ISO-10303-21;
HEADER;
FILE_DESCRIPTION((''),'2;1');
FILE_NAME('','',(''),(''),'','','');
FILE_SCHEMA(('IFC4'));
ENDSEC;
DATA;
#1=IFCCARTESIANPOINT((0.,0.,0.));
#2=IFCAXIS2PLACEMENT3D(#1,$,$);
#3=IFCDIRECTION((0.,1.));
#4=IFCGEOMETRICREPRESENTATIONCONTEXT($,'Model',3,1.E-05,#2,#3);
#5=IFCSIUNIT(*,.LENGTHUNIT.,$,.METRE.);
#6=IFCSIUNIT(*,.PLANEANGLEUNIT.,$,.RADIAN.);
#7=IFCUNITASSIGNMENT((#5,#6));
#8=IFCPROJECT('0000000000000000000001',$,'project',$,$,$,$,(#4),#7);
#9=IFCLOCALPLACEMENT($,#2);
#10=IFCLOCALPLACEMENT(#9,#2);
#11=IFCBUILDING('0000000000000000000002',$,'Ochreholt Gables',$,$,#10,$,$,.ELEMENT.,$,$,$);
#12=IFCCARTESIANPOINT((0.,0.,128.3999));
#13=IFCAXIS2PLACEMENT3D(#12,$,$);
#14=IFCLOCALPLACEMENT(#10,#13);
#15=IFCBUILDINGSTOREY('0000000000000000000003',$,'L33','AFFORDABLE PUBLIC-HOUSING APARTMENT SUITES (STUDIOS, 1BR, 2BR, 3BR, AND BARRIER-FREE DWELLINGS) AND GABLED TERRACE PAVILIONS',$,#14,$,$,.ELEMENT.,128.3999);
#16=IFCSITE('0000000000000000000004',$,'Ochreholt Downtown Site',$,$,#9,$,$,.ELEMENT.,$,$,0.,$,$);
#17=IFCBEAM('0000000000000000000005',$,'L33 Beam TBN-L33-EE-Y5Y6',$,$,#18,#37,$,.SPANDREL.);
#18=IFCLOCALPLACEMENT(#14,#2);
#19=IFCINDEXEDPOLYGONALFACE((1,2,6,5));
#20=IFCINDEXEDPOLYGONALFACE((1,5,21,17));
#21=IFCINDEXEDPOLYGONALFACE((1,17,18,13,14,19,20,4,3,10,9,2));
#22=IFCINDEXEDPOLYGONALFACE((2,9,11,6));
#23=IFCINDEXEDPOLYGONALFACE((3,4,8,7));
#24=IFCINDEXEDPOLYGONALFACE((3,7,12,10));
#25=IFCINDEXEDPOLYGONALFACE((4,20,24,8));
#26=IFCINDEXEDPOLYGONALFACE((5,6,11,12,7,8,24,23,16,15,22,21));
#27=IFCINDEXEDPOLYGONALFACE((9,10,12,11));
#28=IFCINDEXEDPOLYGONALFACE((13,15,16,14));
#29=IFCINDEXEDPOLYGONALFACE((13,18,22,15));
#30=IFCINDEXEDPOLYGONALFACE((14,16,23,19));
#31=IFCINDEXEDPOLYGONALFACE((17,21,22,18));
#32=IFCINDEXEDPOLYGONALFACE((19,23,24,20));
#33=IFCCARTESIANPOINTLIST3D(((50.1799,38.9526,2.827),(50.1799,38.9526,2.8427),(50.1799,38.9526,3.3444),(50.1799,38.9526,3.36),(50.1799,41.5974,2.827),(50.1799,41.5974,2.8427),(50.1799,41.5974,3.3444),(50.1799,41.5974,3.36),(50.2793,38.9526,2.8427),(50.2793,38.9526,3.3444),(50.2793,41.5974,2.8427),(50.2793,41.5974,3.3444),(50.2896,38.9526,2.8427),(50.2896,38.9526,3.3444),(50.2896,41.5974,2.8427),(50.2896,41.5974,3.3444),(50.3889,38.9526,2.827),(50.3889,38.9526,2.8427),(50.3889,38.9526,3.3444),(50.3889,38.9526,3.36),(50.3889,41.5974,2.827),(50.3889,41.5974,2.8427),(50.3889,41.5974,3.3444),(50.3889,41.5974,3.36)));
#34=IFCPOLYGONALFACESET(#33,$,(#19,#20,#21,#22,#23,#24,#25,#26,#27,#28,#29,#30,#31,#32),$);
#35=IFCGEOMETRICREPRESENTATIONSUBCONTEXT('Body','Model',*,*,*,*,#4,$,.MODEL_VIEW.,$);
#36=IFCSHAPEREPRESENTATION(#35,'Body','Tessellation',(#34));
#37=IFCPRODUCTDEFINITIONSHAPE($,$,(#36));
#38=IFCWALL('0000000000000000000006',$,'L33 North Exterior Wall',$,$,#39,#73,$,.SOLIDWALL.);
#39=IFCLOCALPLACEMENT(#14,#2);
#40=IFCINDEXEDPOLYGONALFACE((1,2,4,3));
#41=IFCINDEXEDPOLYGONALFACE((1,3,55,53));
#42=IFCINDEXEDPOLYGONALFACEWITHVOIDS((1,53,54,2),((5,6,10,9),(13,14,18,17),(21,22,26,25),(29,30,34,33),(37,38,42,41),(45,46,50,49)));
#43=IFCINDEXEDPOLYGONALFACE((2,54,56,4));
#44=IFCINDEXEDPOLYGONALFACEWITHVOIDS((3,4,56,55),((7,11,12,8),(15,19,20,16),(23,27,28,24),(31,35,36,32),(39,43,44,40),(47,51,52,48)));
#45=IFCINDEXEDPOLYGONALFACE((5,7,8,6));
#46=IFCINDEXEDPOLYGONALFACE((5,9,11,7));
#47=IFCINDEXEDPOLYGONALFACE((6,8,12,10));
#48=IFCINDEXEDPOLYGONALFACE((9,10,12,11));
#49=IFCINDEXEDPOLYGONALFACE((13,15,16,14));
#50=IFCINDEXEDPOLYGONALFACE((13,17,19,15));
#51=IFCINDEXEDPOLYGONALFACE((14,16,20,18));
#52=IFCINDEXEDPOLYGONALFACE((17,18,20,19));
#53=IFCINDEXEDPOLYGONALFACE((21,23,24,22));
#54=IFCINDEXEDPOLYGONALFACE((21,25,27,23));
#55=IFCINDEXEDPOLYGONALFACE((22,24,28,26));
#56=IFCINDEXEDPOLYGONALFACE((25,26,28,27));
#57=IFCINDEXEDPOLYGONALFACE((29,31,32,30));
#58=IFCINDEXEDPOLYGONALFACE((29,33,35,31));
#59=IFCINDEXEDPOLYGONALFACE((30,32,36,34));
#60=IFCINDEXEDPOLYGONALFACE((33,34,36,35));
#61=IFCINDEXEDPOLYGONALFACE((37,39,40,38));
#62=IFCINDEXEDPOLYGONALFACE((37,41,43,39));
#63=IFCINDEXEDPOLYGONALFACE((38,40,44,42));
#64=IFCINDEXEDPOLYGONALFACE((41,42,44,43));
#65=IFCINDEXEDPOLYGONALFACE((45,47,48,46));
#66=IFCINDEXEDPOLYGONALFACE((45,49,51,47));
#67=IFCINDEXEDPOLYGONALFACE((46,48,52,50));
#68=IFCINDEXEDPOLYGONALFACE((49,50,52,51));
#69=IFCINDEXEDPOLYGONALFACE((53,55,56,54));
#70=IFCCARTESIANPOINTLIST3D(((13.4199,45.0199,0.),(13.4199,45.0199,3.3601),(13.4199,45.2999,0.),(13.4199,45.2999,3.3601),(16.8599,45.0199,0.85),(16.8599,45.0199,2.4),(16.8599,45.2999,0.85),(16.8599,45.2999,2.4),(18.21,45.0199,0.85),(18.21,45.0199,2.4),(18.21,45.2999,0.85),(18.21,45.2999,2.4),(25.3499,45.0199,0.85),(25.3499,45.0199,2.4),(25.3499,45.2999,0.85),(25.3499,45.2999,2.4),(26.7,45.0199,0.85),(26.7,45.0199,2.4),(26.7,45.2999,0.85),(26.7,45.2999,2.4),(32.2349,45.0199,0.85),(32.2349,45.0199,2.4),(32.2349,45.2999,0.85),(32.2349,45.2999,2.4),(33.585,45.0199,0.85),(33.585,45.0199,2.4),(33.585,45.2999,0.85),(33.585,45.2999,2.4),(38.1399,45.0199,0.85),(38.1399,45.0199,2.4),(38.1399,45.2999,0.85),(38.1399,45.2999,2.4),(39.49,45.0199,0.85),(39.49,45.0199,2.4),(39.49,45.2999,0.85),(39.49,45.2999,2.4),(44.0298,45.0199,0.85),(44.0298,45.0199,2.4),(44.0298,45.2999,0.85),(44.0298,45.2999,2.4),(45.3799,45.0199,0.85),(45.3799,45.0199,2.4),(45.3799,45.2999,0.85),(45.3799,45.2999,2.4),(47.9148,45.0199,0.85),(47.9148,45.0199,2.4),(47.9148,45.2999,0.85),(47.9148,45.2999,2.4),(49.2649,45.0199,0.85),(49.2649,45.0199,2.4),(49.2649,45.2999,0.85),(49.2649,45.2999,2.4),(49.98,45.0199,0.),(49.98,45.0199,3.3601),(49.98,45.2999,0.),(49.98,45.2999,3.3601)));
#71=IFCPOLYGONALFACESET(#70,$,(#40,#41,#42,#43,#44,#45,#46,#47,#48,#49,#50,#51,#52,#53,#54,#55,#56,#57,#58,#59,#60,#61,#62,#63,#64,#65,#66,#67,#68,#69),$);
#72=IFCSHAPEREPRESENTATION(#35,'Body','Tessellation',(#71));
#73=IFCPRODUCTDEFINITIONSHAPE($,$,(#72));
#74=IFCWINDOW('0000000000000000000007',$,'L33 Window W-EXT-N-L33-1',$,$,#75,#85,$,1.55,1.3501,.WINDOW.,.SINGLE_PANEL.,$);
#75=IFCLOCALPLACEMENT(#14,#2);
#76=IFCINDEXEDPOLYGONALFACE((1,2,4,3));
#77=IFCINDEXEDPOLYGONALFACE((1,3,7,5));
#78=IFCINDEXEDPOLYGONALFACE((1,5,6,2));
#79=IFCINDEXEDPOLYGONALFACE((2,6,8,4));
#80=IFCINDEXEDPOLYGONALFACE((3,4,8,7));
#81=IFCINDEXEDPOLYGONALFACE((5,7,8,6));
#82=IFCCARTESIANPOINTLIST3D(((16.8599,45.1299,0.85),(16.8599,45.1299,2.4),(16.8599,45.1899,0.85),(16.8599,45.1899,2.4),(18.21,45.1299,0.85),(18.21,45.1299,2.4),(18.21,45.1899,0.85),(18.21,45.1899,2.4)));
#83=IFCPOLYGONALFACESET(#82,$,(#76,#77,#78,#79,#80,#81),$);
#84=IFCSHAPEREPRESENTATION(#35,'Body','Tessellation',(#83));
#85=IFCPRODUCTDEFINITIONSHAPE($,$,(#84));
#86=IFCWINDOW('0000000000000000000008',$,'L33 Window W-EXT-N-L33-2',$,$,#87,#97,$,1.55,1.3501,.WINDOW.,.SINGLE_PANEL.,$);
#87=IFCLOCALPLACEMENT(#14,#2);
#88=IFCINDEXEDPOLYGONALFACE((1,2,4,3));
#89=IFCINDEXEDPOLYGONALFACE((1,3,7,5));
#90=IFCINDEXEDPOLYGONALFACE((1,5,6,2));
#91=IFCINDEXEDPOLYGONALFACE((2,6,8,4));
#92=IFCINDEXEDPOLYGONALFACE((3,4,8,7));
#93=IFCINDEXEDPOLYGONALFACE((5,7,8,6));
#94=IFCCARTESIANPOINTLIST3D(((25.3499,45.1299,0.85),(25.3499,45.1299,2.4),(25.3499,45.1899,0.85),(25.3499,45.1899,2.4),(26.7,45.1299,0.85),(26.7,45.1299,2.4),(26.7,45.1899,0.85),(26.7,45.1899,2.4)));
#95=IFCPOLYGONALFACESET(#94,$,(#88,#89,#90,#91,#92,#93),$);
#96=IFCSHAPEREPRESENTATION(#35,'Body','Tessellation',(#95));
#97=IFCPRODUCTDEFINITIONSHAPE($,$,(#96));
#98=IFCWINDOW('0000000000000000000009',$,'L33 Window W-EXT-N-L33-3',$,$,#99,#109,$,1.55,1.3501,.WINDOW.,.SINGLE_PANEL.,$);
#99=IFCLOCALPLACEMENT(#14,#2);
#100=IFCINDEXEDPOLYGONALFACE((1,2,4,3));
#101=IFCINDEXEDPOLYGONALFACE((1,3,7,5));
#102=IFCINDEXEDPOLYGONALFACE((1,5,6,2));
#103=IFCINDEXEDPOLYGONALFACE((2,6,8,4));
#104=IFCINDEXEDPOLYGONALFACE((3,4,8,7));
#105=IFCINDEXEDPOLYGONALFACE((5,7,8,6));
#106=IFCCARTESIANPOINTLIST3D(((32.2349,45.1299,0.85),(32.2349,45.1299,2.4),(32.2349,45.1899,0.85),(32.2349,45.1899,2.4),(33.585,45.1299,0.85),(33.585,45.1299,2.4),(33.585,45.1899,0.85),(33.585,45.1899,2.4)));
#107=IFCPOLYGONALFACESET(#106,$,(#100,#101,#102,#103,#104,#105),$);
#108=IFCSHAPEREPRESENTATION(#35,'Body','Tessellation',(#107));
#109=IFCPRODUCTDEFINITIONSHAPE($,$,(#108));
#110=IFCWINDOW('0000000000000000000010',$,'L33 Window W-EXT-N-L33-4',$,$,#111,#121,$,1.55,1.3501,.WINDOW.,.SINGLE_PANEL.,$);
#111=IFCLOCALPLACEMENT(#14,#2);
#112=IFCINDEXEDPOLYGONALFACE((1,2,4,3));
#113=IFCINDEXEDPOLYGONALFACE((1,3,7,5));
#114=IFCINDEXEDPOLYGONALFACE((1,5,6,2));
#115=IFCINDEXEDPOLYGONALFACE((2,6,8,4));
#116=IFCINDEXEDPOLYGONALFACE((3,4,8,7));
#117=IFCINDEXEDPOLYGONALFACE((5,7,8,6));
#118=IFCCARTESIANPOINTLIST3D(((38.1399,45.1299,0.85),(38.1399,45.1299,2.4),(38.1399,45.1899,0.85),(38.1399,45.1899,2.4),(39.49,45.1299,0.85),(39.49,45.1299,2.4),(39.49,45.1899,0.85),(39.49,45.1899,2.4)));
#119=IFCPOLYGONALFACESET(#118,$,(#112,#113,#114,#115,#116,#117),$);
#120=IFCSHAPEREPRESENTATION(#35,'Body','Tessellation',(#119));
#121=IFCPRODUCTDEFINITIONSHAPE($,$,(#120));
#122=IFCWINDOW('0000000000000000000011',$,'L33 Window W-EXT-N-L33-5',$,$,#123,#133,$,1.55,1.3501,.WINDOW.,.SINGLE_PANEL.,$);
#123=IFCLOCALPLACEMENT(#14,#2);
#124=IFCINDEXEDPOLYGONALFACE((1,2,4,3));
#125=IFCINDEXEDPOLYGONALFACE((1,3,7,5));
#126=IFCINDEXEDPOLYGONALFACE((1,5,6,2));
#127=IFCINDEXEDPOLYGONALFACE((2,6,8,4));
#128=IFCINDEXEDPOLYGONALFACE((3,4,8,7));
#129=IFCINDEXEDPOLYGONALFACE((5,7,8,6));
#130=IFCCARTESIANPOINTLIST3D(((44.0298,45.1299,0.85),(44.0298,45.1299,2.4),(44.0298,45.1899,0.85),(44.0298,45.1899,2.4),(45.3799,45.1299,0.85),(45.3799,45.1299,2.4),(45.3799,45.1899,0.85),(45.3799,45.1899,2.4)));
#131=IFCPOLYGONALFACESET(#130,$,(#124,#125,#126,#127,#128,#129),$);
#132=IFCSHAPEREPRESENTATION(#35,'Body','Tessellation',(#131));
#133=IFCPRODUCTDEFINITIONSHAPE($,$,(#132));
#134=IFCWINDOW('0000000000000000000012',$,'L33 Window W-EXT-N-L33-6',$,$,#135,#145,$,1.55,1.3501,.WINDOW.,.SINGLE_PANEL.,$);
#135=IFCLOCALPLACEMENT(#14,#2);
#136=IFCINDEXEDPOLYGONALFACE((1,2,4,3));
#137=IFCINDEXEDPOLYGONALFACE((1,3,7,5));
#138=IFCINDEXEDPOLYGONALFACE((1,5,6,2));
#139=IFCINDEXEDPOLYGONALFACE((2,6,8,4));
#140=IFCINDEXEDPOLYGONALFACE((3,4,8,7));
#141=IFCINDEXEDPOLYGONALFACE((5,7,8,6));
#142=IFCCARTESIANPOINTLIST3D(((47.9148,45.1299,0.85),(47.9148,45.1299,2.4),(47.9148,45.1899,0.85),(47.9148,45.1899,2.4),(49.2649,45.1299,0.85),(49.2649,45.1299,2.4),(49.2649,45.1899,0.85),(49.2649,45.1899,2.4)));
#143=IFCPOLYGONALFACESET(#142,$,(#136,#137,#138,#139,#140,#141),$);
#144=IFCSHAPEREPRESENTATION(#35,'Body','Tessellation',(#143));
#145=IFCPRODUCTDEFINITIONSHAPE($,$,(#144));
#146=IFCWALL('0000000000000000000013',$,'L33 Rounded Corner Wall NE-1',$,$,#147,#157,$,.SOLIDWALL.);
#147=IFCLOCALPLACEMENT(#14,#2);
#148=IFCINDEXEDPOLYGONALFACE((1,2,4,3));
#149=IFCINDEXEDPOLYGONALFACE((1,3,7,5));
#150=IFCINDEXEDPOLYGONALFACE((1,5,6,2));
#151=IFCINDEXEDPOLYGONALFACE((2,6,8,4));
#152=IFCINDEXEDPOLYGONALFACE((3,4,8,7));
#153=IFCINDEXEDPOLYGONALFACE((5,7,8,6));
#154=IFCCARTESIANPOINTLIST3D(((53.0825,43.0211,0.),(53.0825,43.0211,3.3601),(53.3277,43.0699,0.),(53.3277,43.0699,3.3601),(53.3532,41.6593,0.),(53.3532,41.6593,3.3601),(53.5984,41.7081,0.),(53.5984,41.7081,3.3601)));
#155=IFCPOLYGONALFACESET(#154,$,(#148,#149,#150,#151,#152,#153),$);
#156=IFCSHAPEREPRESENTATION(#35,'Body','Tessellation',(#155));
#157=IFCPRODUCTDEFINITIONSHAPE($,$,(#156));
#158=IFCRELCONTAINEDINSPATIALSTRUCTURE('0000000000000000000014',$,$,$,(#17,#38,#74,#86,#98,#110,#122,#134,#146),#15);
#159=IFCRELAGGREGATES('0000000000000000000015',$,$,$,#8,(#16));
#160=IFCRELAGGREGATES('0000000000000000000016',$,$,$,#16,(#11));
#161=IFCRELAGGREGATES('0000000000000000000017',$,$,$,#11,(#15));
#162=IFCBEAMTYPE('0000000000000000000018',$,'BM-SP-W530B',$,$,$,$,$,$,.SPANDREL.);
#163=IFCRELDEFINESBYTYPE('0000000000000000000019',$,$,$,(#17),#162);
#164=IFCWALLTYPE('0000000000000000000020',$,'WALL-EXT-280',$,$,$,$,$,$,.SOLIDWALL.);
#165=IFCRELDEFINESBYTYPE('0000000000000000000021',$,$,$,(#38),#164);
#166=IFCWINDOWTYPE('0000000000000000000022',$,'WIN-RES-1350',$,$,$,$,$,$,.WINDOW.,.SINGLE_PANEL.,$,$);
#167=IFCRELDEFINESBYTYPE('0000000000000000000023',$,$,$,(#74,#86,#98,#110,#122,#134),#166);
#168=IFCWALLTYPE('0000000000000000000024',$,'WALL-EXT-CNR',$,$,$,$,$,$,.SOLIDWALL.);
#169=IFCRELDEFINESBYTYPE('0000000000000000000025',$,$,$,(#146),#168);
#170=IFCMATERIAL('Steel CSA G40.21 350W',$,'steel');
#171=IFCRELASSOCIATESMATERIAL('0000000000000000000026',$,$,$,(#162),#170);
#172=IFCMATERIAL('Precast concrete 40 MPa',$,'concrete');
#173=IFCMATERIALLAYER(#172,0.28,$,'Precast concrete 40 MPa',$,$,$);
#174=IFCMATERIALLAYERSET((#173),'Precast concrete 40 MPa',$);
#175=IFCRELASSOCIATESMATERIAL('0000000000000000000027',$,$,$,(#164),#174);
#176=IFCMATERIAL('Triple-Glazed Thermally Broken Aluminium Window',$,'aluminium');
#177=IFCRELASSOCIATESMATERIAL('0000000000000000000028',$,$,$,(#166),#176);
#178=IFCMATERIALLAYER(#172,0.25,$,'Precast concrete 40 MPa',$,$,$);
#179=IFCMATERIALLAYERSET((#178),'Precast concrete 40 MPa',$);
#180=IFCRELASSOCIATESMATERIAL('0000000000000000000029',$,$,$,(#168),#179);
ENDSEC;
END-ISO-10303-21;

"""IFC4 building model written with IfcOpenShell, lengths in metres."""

from ifc_helpers import new_model, si_unit, direction, frame, frame_2d, origin, origin_2d, place, context, subcontext, project, spatial, rectangle, i_section, extrude, material, layer, layer_set, material_profile, profile_set, type_object, element, fill, save


model = new_model("IFC4")

# Units and contexts
model_context = context("Model", 3, precision=1e-05, world=origin(), true_north=direction((0.0, 1.0)))
body_context = subcontext(model_context, "Body", "Model", "MODEL_VIEW")
ifc_project = project(units=[si_unit("LENGTHUNIT", "METRE"), si_unit("PLANEANGLEUNIT", "RADIAN")], contexts=[model_context])

# Site, building, storey
site_placement = place(None, origin())
site = spatial("IfcSite", under=ifc_project, at=site_placement, Name="Ochreholt Downtown Site", CompositionType="ELEMENT", RefElevation=0.0)
building_placement = place(site_placement, origin())
building = spatial("IfcBuilding", under=site, at=building_placement, Name="Ochreholt Gables", CompositionType="ELEMENT")
storey_placement = place(building_placement, frame((0.0, 0.0, 128.3999)))
storey = spatial("IfcBuildingStorey", under=building, at=storey_placement, Name="L33", Description="AFFORDABLE PUBLIC-HOUSING APARTMENT SUITES (STUDIOS, 1BR, 2BR, 3BR, AND BARRIER-FREE DWELLINGS) AND GABLED TERRACE PAVILIONS", CompositionType="ELEMENT", Elevation=128.3999)

# Shared definitions
ifc_material_1 = material(Name="Steel CSA G40.21 350W", Category="steel")

# Beam
ifc_material_profile_1 = material_profile(ifc_material_1, i_section(OverallWidth=0.209, OverallDepth=0.533, WebThickness=0.0103, FlangeThickness=0.0156, at=origin_2d()), Name="W530X92")
ifc_profile_set_1 = profile_set([ifc_material_profile_1], Name="Steel CSA G40.21 350W")
beam_type_1 = type_object("IfcBeamType", Name="BM-SP-W530B", PredefinedType="SPANDREL", material=ifc_profile_set_1)
beam_1_placement = place(storey_placement, frame((50.2844, 38.9526, 3.0935), z_axis=(0.0, 1.0, 0.0), x_axis=(-1.0, 0.0, 0.0)))
element("IfcBeam", 1, at=beam_1_placement, inside=storey, type_object=beam_type_1, Name="L33 Beam TBN-L33-EE-Y5Y6", PredefinedType="SPANDREL", context=body_context, shape_type="SweptSolid", body=[
    extrude(i_section(OverallWidth=0.209, OverallDepth=0.533, WebThickness=0.0103, FlangeThickness=0.0156, at=origin_2d()), origin(), (0.0, 0.0, 1.0), 2.6448),
])

# Wall, openings, windows
ifc_material_2 = material(Name="Precast concrete 40 MPa", Category="concrete")
ifc_layer_1 = layer(ifc_material_2, 0.28, Name="Precast concrete 40 MPa")
ifc_layer_set_1 = layer_set([ifc_layer_1], Name="Precast concrete 40 MPa")
wall_type_1 = type_object("IfcWallType", Name="WALL-EXT-280", PredefinedType="SOLIDWALL", material=ifc_layer_set_1)
wall_1_placement = place(storey_placement, frame((49.98, 45.1599, 0.0), z_axis=(0.0, 0.0, 1.0), x_axis=(-1.0, 0.0, 0.0)))
wall_1 = element("IfcWall", 2, at=wall_1_placement, inside=storey, type_object=wall_type_1, Name="L33 North Exterior Wall", PredefinedType="SOLIDWALL", context=body_context, shape_type="SweptSolid", body=[
    extrude(rectangle(XDim=36.5601, YDim=0.28, at=frame_2d((18.28, 0.0))), origin(), (0.0, 0.0, 1.0), 3.3601),
])
opening_1_placement = place(wall_1_placement, frame((31.77, 0.0, 0.8501)))
opening_1 = element("IfcOpeningElement", 3, at=opening_1_placement, cuts=wall_1, PredefinedType="OPENING", context=body_context, shape_type="SweptSolid", body=[
    extrude(rectangle(XDim=1.3501, YDim=1.55, at=frame_2d((0.675, 0.7749))), frame((0.0, 0.1499, 0.0), z_axis=(0.0, -1.0, 0.0), x_axis=(1.0, 0.0, 0.0)), (0.0, 0.0, 1.0), 0.3),
])
opening_2_placement = place(wall_1_placement, frame((23.28, 0.0, 0.8501)))
opening_2 = element("IfcOpeningElement", 4, at=opening_2_placement, cuts=wall_1, PredefinedType="OPENING", context=body_context, shape_type="SweptSolid", body=[
    extrude(rectangle(XDim=1.3501, YDim=1.55, at=frame_2d((0.675, 0.7749))), frame((0.0, 0.1499, 0.0), z_axis=(0.0, -1.0, 0.0), x_axis=(1.0, 0.0, 0.0)), (0.0, 0.0, 1.0), 0.3),
])
opening_3_placement = place(wall_1_placement, frame((16.395, 0.0, 0.8501)))
opening_3 = element("IfcOpeningElement", 5, at=opening_3_placement, cuts=wall_1, PredefinedType="OPENING", context=body_context, shape_type="SweptSolid", body=[
    extrude(rectangle(XDim=1.3501, YDim=1.55, at=frame_2d((0.675, 0.7749))), frame((0.0, 0.1499, 0.0), z_axis=(0.0, -1.0, 0.0), x_axis=(1.0, 0.0, 0.0)), (0.0, 0.0, 1.0), 0.3),
])
opening_4_placement = place(wall_1_placement, frame((10.49, 0.0, 0.8501)))
opening_4 = element("IfcOpeningElement", 6, at=opening_4_placement, cuts=wall_1, PredefinedType="OPENING", context=body_context, shape_type="SweptSolid", body=[
    extrude(rectangle(XDim=1.3501, YDim=1.55, at=frame_2d((0.675, 0.7749))), frame((0.0, 0.1499, 0.0), z_axis=(0.0, -1.0, 0.0), x_axis=(1.0, 0.0, 0.0)), (0.0, 0.0, 1.0), 0.3),
])
opening_5_placement = place(wall_1_placement, frame((4.6001, 0.0, 0.8501)))
opening_5 = element("IfcOpeningElement", 7, at=opening_5_placement, cuts=wall_1, PredefinedType="OPENING", context=body_context, shape_type="SweptSolid", body=[
    extrude(rectangle(XDim=1.3501, YDim=1.55, at=frame_2d((0.675, 0.7749))), frame((0.0, 0.1499, 0.0), z_axis=(0.0, -1.0, 0.0), x_axis=(1.0, 0.0, 0.0)), (0.0, 0.0, 1.0), 0.3),
])
opening_6_placement = place(wall_1_placement, frame((0.7151, 0.0, 0.8501)))
opening_6 = element("IfcOpeningElement", 8, at=opening_6_placement, cuts=wall_1, PredefinedType="OPENING", context=body_context, shape_type="SweptSolid", body=[
    extrude(rectangle(XDim=1.3501, YDim=1.55, at=frame_2d((0.675, 0.7749))), frame((0.0, 0.1499, 0.0), z_axis=(0.0, -1.0, 0.0), x_axis=(1.0, 0.0, 0.0)), (0.0, 0.0, 1.0), 0.3),
])
ifc_material_3 = material(Name="Triple-Glazed Thermally Broken Aluminium Window", Category="aluminium")
window_type = type_object("IfcWindowType", Name="WIN-RES-1350", PartitioningType="SINGLE_PANEL", PredefinedType="WINDOW", material=ifc_material_3)
window_1_placement = place(opening_1_placement, origin())
window_1 = element("IfcWindow", 9, at=window_1_placement, inside=storey, type_object=window_type, Name="L33 Window W-EXT-N-L33-1", OverallHeight=1.55, OverallWidth=1.3501, PartitioningType="SINGLE_PANEL", PredefinedType="WINDOW", context=body_context, shape_type="SweptSolid", body=[
    extrude(rectangle(XDim=1.3501, YDim=1.55, at=frame_2d((0.675, 0.7749))), frame((0.0, 0.03, 0.0), z_axis=(0.0, -1.0, 0.0), x_axis=(1.0, 0.0, 0.0)), (0.0, 0.0, 1.0), 0.0601),
])
fill(opening_1, window_1)
window_2_placement = place(opening_2_placement, origin())
window_2 = element("IfcWindow", 10, at=window_2_placement, inside=storey, type_object=window_type, Name="L33 Window W-EXT-N-L33-2", OverallHeight=1.55, OverallWidth=1.3501, PartitioningType="SINGLE_PANEL", PredefinedType="WINDOW", context=body_context, shape_type="SweptSolid", body=[
    extrude(rectangle(XDim=1.3501, YDim=1.55, at=frame_2d((0.675, 0.7749))), frame((0.0, 0.03, 0.0), z_axis=(0.0, -1.0, 0.0), x_axis=(1.0, 0.0, 0.0)), (0.0, 0.0, 1.0), 0.0601),
])
fill(opening_2, window_2)
window_3_placement = place(opening_3_placement, origin())
window_3 = element("IfcWindow", 11, at=window_3_placement, inside=storey, type_object=window_type, Name="L33 Window W-EXT-N-L33-3", OverallHeight=1.55, OverallWidth=1.3501, PartitioningType="SINGLE_PANEL", PredefinedType="WINDOW", context=body_context, shape_type="SweptSolid", body=[
    extrude(rectangle(XDim=1.3501, YDim=1.55, at=frame_2d((0.675, 0.7749))), frame((0.0, 0.03, 0.0), z_axis=(0.0, -1.0, 0.0), x_axis=(1.0, 0.0, 0.0)), (0.0, 0.0, 1.0), 0.0601),
])
fill(opening_3, window_3)
window_4_placement = place(opening_4_placement, origin())
window_4 = element("IfcWindow", 12, at=window_4_placement, inside=storey, type_object=window_type, Name="L33 Window W-EXT-N-L33-4", OverallHeight=1.55, OverallWidth=1.3501, PartitioningType="SINGLE_PANEL", PredefinedType="WINDOW", context=body_context, shape_type="SweptSolid", body=[
    extrude(rectangle(XDim=1.3501, YDim=1.55, at=frame_2d((0.675, 0.7749))), frame((0.0, 0.03, 0.0), z_axis=(0.0, -1.0, 0.0), x_axis=(1.0, 0.0, 0.0)), (0.0, 0.0, 1.0), 0.0601),
])
fill(opening_4, window_4)
window_5_placement = place(opening_5_placement, origin())
window_5 = element("IfcWindow", 13, at=window_5_placement, inside=storey, type_object=window_type, Name="L33 Window W-EXT-N-L33-5", OverallHeight=1.55, OverallWidth=1.3501, PartitioningType="SINGLE_PANEL", PredefinedType="WINDOW", context=body_context, shape_type="SweptSolid", body=[
    extrude(rectangle(XDim=1.3501, YDim=1.55, at=frame_2d((0.675, 0.7749))), frame((0.0, 0.03, 0.0), z_axis=(0.0, -1.0, 0.0), x_axis=(1.0, 0.0, 0.0)), (0.0, 0.0, 1.0), 0.0601),
])
fill(opening_5, window_5)
window_6_placement = place(opening_6_placement, origin())
window_6 = element("IfcWindow", 14, at=window_6_placement, inside=storey, type_object=window_type, Name="L33 Window W-EXT-N-L33-6", OverallHeight=1.55, OverallWidth=1.3501, PartitioningType="SINGLE_PANEL", PredefinedType="WINDOW", context=body_context, shape_type="SweptSolid", body=[
    extrude(rectangle(XDim=1.3501, YDim=1.55, at=frame_2d((0.675, 0.7749))), frame((0.0, 0.03, 0.0), z_axis=(0.0, -1.0, 0.0), x_axis=(1.0, 0.0, 0.0)), (0.0, 0.0, 1.0), 0.0601),
])
fill(opening_6, window_6)

# Wall
ifc_layer_2 = layer(ifc_material_2, 0.25, Name="Precast concrete 40 MPa")
ifc_layer_set_2 = layer_set([ifc_layer_2], Name="Precast concrete 40 MPa")
wall_type_2 = type_object("IfcWallType", Name="WALL-EXT-CNR", PredefinedType="SOLIDWALL", material=ifc_layer_set_2)
wall_2_placement = place(storey_placement, frame((53.4758, 41.6836, 0.0), z_axis=(0.0, 0.0, 1.0), x_axis=(-0.195, 0.980803, 0.0)))
element("IfcWall", 15, at=wall_2_placement, inside=storey, type_object=wall_type_2, Name="L33 Rounded Corner Wall NE-1", PredefinedType="SOLIDWALL", context=body_context, shape_type="SweptSolid", body=[
    extrude(rectangle(XDim=1.3884, YDim=0.25, at=frame_2d((0.6943, 0.0))), origin(), (0.0, 0.0, 1.0), 3.3601),
])

save(model, "model.ifc")
